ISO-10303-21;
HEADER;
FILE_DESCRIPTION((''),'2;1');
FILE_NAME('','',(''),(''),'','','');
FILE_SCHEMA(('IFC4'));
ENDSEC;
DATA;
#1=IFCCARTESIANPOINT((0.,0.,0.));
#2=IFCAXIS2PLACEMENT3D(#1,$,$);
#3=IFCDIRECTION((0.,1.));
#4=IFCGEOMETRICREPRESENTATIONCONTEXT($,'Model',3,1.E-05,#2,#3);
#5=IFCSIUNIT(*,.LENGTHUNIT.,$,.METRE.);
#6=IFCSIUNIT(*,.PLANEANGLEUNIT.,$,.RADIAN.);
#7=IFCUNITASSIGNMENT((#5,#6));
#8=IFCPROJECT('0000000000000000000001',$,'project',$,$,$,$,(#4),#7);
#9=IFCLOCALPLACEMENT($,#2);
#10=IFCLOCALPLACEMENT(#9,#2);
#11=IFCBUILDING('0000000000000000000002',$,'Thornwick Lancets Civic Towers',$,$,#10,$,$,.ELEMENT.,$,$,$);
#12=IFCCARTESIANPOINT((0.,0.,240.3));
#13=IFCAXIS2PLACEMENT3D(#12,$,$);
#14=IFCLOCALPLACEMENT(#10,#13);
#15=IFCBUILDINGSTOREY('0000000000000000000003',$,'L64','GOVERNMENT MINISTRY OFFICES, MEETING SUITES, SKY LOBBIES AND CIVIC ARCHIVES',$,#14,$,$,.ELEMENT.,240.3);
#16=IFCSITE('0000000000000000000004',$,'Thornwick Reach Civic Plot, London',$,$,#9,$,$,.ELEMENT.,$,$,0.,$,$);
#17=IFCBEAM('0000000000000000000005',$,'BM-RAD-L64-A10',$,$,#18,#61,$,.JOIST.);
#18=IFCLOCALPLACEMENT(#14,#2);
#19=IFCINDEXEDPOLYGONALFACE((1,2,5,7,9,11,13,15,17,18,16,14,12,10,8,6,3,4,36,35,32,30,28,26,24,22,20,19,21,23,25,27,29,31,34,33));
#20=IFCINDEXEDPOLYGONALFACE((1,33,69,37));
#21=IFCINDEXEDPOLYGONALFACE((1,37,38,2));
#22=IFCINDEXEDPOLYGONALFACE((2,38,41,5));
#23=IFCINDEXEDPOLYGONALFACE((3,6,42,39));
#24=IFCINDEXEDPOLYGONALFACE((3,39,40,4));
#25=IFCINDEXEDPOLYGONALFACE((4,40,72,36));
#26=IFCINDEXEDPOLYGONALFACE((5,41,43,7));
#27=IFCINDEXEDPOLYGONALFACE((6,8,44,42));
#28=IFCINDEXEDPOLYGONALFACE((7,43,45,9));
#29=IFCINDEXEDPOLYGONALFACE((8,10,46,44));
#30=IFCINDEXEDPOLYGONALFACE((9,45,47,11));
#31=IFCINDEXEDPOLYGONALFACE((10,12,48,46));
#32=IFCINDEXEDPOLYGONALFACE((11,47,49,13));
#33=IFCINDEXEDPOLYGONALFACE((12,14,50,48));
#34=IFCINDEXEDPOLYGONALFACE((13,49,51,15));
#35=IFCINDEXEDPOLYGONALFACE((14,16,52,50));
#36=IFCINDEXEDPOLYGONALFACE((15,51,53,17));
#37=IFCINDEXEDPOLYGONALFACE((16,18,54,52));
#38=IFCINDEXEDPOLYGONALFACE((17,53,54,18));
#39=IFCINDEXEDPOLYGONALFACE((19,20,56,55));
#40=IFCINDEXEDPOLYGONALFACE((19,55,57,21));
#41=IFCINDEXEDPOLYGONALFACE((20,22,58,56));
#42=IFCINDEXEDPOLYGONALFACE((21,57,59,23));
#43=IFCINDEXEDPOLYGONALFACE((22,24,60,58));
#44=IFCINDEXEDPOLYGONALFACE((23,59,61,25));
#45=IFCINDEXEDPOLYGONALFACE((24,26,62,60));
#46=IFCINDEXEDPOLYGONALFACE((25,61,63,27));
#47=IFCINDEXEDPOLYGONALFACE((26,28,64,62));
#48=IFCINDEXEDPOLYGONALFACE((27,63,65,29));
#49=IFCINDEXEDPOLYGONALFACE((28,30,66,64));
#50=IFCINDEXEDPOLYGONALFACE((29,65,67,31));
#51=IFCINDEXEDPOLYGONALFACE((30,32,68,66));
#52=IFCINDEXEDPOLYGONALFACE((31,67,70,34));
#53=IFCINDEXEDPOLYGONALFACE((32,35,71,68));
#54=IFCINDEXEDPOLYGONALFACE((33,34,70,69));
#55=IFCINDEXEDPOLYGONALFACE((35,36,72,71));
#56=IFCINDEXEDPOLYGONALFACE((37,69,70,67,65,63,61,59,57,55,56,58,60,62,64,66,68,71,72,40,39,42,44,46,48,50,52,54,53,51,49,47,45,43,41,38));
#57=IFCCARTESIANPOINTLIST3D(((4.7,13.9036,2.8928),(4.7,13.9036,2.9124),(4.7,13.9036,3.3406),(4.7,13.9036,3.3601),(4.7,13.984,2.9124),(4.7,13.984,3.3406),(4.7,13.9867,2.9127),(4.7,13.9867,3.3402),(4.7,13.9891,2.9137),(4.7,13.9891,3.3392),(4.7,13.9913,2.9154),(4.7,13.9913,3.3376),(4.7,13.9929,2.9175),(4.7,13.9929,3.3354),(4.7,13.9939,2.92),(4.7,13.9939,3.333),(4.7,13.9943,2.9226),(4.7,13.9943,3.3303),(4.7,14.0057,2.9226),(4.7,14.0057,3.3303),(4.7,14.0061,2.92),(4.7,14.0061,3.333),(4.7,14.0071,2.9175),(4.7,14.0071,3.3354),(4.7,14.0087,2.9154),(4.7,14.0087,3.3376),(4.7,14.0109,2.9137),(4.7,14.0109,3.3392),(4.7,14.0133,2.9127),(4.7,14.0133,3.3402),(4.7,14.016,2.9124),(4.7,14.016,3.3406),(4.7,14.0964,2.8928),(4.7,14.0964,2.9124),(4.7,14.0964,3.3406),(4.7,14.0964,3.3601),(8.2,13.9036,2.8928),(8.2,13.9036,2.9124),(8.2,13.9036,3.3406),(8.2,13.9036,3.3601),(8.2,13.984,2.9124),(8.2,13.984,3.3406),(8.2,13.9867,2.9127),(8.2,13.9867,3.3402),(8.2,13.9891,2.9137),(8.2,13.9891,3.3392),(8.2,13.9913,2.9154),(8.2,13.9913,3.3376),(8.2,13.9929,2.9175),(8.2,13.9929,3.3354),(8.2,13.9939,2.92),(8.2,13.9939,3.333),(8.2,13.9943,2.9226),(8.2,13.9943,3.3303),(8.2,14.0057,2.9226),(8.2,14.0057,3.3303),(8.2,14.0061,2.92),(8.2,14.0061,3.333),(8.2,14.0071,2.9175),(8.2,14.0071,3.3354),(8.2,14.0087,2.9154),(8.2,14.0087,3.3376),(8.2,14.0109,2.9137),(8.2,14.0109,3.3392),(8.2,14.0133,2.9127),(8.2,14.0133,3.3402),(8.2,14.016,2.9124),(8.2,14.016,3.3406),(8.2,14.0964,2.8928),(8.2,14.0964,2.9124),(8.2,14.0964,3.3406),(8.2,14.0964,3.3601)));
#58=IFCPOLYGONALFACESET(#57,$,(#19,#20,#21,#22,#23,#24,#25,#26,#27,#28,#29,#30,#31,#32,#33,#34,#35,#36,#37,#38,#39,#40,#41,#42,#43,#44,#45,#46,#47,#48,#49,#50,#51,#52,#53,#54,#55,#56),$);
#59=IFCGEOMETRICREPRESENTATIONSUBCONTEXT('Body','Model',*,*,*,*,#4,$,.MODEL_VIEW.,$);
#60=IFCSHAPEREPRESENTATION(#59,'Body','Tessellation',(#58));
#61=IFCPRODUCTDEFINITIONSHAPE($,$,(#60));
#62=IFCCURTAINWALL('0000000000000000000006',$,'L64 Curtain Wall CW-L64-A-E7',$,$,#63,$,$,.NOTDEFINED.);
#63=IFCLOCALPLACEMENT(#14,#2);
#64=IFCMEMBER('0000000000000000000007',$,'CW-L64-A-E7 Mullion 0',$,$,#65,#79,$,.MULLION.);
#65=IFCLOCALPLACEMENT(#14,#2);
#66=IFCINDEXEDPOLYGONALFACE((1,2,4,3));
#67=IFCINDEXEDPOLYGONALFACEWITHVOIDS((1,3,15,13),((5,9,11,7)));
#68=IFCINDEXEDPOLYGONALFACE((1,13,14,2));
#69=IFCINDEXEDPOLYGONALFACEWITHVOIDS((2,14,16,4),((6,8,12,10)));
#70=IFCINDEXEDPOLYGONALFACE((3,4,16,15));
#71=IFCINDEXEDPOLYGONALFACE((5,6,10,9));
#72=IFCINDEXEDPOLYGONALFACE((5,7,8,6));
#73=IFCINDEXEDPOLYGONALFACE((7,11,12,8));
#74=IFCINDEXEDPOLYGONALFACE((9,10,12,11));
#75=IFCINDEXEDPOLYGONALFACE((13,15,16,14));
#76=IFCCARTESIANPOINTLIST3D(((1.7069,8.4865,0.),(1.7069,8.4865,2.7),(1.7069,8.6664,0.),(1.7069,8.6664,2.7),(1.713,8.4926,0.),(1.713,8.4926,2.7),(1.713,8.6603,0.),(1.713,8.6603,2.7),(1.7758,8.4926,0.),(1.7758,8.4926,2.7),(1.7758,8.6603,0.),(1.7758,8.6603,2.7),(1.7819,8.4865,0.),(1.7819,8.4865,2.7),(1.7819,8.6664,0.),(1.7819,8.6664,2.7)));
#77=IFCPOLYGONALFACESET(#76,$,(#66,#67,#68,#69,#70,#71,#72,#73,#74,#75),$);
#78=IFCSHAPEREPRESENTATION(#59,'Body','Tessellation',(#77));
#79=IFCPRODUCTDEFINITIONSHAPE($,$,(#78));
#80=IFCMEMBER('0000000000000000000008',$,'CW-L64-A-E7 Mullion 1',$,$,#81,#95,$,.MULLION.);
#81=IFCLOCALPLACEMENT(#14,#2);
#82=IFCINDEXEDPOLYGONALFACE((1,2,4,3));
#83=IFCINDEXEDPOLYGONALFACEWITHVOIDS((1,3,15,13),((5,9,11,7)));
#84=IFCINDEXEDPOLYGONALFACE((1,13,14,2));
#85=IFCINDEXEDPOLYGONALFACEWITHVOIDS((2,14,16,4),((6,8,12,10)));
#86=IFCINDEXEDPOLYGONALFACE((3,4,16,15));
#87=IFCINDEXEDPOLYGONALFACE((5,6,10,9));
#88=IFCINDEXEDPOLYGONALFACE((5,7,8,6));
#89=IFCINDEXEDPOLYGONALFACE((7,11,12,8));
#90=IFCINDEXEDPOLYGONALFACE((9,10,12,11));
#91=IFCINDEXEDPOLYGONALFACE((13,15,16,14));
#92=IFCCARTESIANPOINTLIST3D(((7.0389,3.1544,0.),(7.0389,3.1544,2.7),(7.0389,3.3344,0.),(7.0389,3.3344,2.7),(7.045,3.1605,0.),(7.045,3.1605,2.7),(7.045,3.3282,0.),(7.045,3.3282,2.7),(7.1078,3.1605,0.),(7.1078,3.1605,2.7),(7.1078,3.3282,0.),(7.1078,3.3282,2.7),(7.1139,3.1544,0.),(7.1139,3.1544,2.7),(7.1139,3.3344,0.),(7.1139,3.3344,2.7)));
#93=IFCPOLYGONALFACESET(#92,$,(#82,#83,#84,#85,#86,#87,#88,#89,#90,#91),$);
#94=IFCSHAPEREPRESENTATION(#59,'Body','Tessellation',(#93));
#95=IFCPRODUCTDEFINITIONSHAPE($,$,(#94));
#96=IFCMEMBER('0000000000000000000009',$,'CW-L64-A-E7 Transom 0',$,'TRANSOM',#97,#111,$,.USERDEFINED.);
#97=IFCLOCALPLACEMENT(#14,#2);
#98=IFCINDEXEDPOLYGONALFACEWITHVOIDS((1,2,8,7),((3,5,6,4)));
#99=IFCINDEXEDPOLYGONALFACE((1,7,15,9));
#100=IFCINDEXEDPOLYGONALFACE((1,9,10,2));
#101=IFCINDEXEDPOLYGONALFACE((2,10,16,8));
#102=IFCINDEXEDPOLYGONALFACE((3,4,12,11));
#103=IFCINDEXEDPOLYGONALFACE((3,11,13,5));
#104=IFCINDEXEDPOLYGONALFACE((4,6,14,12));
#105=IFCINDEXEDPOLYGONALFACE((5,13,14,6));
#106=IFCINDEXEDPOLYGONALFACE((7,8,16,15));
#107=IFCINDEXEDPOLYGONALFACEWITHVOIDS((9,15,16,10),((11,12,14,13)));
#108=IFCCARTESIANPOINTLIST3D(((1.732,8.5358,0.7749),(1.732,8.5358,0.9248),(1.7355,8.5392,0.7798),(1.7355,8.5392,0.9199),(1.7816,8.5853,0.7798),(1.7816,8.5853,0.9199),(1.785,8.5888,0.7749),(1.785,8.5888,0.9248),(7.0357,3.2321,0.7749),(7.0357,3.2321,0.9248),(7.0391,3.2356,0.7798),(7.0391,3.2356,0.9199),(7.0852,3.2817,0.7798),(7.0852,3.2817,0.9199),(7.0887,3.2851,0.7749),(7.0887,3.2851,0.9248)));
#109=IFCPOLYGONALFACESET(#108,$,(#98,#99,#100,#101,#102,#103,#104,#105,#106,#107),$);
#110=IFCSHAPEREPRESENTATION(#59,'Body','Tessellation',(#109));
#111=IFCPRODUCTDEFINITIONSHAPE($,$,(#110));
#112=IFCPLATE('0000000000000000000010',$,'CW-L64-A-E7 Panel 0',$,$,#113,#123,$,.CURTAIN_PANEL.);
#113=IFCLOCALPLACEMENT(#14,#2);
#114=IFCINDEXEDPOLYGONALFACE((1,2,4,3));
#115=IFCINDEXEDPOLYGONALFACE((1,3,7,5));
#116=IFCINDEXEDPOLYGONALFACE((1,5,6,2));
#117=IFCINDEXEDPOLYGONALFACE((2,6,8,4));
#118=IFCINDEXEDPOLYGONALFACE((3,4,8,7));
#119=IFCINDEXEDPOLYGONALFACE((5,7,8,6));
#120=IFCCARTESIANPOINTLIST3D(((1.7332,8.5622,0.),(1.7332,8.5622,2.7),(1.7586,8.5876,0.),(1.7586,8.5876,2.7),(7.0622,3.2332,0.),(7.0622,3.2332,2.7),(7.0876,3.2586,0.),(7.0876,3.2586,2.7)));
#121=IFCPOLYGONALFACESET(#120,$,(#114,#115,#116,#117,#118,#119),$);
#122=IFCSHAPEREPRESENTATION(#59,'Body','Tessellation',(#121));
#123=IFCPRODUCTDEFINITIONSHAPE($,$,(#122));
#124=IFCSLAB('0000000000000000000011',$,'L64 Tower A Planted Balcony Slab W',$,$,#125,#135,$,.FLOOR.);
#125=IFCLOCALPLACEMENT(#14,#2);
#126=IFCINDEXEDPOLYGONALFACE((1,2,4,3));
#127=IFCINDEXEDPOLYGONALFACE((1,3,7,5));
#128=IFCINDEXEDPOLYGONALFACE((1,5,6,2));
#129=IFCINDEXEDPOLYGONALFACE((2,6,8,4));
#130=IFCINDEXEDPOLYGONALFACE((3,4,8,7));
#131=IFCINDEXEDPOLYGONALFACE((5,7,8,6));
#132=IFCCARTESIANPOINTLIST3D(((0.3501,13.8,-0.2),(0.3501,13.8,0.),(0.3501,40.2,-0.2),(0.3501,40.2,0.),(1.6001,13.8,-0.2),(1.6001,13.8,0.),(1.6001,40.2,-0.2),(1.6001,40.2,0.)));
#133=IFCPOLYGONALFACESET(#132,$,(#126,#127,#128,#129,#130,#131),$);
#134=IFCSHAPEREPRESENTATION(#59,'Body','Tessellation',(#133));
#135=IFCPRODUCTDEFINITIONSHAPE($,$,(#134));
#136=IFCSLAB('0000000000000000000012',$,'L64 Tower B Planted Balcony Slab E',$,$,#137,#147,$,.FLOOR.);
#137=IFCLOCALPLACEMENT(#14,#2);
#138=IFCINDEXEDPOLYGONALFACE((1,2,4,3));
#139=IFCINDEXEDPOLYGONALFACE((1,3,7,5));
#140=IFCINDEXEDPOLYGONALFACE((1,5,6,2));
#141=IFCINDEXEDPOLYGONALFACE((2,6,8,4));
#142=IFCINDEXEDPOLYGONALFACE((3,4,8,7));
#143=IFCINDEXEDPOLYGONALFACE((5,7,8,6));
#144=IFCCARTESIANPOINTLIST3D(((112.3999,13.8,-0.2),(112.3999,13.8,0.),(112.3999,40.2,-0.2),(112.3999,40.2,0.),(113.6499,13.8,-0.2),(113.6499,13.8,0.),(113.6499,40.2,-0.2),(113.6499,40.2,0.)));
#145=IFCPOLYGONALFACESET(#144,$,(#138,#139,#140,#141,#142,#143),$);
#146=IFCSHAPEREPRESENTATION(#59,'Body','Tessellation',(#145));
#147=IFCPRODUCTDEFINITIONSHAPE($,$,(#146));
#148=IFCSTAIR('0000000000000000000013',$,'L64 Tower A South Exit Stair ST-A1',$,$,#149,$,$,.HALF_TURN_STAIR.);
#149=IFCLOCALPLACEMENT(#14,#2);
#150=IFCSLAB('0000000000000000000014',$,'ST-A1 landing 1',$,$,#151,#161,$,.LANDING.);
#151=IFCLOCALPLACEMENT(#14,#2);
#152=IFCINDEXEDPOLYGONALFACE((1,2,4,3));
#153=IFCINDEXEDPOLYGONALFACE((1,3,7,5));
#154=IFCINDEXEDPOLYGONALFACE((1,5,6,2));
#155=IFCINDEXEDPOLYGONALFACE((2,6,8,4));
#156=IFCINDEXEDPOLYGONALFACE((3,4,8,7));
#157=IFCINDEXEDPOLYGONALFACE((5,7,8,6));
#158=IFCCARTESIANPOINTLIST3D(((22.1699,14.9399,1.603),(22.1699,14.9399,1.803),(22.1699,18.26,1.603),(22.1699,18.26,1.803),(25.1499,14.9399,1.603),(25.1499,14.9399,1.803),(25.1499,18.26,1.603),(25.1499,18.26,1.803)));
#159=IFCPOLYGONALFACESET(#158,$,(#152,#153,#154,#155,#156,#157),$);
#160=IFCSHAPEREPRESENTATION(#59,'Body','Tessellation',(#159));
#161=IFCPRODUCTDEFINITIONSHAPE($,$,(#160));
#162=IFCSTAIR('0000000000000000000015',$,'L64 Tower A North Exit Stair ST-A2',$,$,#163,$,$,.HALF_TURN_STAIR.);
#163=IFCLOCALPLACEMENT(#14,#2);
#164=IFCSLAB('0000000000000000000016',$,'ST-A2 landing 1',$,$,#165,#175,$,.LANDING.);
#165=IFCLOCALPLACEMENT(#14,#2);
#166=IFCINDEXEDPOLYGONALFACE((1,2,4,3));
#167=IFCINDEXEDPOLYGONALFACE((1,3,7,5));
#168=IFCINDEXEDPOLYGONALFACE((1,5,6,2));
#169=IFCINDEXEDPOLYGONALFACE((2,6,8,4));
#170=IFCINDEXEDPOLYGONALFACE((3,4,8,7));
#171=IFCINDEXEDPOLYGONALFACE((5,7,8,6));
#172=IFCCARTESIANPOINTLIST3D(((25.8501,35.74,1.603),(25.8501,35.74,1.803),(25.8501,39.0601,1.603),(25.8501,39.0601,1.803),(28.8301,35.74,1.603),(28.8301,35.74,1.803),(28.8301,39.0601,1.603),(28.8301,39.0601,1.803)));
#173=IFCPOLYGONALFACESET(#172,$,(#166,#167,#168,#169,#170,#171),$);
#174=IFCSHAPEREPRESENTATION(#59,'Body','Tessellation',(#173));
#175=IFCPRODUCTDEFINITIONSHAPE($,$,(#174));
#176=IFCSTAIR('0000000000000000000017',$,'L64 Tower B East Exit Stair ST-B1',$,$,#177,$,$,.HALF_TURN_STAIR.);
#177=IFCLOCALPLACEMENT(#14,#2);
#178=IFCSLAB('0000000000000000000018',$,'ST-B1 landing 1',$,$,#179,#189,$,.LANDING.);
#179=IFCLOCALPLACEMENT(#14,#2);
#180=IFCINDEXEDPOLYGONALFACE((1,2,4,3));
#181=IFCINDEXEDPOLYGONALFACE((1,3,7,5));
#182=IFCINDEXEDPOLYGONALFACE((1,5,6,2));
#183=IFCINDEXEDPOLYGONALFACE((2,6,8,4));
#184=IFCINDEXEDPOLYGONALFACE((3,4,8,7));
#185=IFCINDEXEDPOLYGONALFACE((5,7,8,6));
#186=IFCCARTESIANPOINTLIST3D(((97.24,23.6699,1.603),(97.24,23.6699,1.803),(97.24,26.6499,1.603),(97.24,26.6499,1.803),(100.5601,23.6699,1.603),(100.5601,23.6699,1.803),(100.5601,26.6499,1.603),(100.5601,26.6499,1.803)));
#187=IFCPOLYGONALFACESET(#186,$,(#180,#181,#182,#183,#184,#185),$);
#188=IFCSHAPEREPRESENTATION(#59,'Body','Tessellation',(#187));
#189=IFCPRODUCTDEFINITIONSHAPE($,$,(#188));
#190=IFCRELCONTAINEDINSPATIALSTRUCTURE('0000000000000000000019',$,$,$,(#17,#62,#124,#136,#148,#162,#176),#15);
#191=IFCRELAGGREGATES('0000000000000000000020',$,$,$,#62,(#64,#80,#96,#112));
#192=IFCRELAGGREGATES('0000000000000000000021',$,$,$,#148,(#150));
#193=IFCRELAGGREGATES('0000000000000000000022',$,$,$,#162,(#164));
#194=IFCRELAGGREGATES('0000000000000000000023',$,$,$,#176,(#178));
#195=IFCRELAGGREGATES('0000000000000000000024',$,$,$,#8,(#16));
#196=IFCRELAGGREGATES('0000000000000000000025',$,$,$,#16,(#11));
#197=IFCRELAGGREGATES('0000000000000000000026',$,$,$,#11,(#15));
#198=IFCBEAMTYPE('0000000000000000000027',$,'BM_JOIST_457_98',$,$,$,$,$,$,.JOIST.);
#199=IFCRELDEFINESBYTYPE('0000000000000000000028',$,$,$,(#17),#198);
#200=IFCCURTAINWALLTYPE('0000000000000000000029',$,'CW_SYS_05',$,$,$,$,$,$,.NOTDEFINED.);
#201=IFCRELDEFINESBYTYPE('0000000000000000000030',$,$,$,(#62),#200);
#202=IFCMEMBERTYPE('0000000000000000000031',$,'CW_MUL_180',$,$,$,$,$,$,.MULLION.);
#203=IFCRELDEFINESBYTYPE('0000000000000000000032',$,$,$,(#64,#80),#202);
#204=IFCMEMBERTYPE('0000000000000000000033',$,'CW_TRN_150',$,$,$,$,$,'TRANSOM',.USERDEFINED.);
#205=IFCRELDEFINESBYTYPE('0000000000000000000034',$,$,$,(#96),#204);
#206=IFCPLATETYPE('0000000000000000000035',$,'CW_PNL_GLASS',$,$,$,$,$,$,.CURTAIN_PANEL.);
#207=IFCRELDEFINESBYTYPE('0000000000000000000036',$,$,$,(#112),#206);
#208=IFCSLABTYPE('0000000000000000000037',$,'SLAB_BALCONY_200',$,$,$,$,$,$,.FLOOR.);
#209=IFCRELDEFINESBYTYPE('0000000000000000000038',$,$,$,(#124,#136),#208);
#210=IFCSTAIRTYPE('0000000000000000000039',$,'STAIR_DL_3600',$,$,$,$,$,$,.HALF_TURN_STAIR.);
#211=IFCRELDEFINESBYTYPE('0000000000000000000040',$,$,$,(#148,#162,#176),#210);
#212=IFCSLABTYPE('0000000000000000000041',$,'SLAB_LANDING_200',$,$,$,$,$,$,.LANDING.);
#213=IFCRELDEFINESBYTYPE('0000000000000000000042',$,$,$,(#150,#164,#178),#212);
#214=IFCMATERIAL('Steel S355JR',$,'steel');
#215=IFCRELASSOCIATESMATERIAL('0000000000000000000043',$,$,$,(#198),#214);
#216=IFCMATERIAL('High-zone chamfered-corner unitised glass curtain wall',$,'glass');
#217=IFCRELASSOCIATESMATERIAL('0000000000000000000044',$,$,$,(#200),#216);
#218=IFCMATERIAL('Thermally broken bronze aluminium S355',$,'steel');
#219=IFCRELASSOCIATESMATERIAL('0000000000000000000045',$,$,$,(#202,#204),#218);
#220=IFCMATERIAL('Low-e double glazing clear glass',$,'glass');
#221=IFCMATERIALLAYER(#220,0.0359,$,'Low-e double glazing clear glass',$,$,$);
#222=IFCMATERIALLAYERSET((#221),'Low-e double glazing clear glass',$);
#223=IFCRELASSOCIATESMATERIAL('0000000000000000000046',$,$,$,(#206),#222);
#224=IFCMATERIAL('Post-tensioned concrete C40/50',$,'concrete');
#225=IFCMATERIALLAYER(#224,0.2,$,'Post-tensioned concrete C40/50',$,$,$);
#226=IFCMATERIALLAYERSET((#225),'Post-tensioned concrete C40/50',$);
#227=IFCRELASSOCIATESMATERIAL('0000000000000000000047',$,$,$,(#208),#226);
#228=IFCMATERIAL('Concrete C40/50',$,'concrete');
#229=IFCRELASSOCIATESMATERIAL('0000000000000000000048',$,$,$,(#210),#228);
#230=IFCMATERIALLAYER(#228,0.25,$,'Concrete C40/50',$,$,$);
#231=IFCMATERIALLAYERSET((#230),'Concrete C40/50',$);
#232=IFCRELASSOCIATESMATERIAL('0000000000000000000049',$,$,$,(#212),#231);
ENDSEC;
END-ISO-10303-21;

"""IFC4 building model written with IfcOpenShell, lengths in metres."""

from ifc_helpers import new_model, si_unit, direction, frame, origin, origin_2d, place, context, subcontext, project, spatial, polyline, rectangle, hollow_rectangle, i_section, outline, extrude, material, layer, layer_set, material_profile, profile_set, type_object, element, aggregate, save


model = new_model("IFC4")

# Units and contexts
model_context = context("Model", 3, precision=1e-05, world=origin(), true_north=direction((0.0, 1.0)))
body_context = subcontext(model_context, "Body", "Model", "MODEL_VIEW")
ifc_project = project(units=[si_unit("LENGTHUNIT", "METRE"), si_unit("PLANEANGLEUNIT", "RADIAN")], contexts=[model_context])

# Site, building, storey
site_placement = place(None, origin())
site = spatial("IfcSite", under=ifc_project, at=site_placement, Name="Thornwick Reach Civic Plot, London", CompositionType="ELEMENT", RefElevation=0.0)
building_placement = place(site_placement, origin())
building = spatial("IfcBuilding", under=site, at=building_placement, Name="Thornwick Lancets Civic Towers", CompositionType="ELEMENT")
storey_placement = place(building_placement, frame((0.0, 0.0, 240.3)))
storey = spatial("IfcBuildingStorey", under=building, at=storey_placement, Name="L64", Description="GOVERNMENT MINISTRY OFFICES, MEETING SUITES, SKY LOBBIES AND CIVIC ARCHIVES", CompositionType="ELEMENT", Elevation=240.3)

# Shared definitions
ifc_material_1 = material(Name="Steel S355JR", Category="steel")

# Beam
ifc_material_profile_1 = material_profile(ifc_material_1, i_section(OverallWidth=0.1929, OverallDepth=0.4673, WebThickness=0.0115, FlangeThickness=0.0195, FilletRadius=0.0103, at=origin_2d()), Name="UKB 457x191x98")
ifc_profile_set_1 = profile_set([ifc_material_profile_1], Name="Steel S355JR")
beam_type_1 = type_object("IfcBeamType", Name="BM_JOIST_457_98", PredefinedType="JOIST", material=ifc_profile_set_1)
for number, where, z_axis, x_axis, name in (
    (1, (8.2, 14.0, 3.1265), (-1.0, 0.0, 0.0), (0.0, -1.0, 0.0), "BM-RAD-L64-A10"),
):
    element("IfcBeam", number, at=place(storey_placement, frame(where, z_axis=z_axis, x_axis=x_axis)), inside=storey, type_object=beam_type_1, Name=name, PredefinedType="JOIST", context=body_context, shape_type="SweptSolid", body=[
        extrude(i_section(OverallWidth=0.1929, OverallDepth=0.4673, WebThickness=0.0115, FlangeThickness=0.0195, FilletRadius=0.0103, at=origin_2d()), origin(), (0.0, 0.0, 1.0), 3.5),
    ])

# Curtain wall, members, plate
ifc_material_2 = material(Name="High-zone chamfered-corner unitised glass curtain wall", Category="glass")
curtain_wall_type = type_object("IfcCurtainWallType", Name="CW_SYS_05", PredefinedType="NOTDEFINED", material=ifc_material_2)
curtain_wall_placement = place(storey_placement, origin())
curtain_wall = element("IfcCurtainWall", 2, at=curtain_wall_placement, inside=storey, type_object=curtain_wall_type, Name="L64 Curtain Wall CW-L64-A-E7", PredefinedType="NOTDEFINED")
ifc_material_3 = material(Name="Thermally broken bronze aluminium S355", Category="steel")
ifc_material_profile_2 = material_profile(ifc_material_3, hollow_rectangle(XDim=0.075, YDim=0.1799, WallThickness=0.0061, at=origin_2d()), Name="RHS 180x75x6")
ifc_profile_set_2 = profile_set([ifc_material_profile_2], Name="Thermally broken bronze aluminium S355")
member_type_1 = type_object("IfcMemberType", Name="CW_MUL_180", PredefinedType="MULLION", material=ifc_profile_set_2)
member_1_placement = place(storey_placement, frame((1.7444, 8.5764, 0.0), z_axis=(0.0, 0.0, 1.0), x_axis=(1.0, 0.0, 0.0)))
member_1 = element("IfcMember", 3, at=member_1_placement, type_object=member_type_1, Name="CW-L64-A-E7 Mullion 0", PredefinedType="MULLION", context=body_context, shape_type="SweptSolid", body=[
    extrude(hollow_rectangle(XDim=0.075, YDim=0.1799, WallThickness=0.0061, at=origin_2d()), origin(), (0.0, 0.0, 1.0), 2.7),
])
member_2_placement = place(storey_placement, frame((7.0764, 3.2444, 0.0), z_axis=(0.0, 0.0, 1.0), x_axis=(1.0, 0.0, 0.0)))
member_2 = element("IfcMember", 4, at=member_2_placement, type_object=member_type_1, Name="CW-L64-A-E7 Mullion 1", PredefinedType="MULLION", context=body_context, shape_type="SweptSolid", body=[
    extrude(hollow_rectangle(XDim=0.075, YDim=0.1799, WallThickness=0.0061, at=origin_2d()), origin(), (0.0, 0.0, 1.0), 2.7),
])
ifc_material_profile_3 = material_profile(ifc_material_3, hollow_rectangle(XDim=0.075, YDim=0.1499, WallThickness=0.0049, at=origin_2d()), Name="RHS 150x75x5")
ifc_profile_set_3 = profile_set([ifc_material_profile_3], Name="Thermally broken bronze aluminium S355")
member_type_2 = type_object("IfcMemberType", Name="CW_TRN_150", ElementType="TRANSOM", PredefinedType="USERDEFINED", material=ifc_profile_set_3)
member_3_placement = place(storey_placement, frame((1.7585, 8.5623, 0.8499), z_axis=(0.707107, -0.707107, 0.0), x_axis=(0.707107, 0.707107, 0.0)))
member_3 = element("IfcMember", 5, at=member_3_placement, type_object=member_type_2, Name="CW-L64-A-E7 Transom 0", ObjectType="TRANSOM", PredefinedType="USERDEFINED", context=body_context, shape_type="SweptSolid", body=[
    extrude(hollow_rectangle(XDim=0.075, YDim=0.1499, WallThickness=0.0049, at=origin_2d()), origin(), (0.0, 0.0, 1.0), 7.5005),
])
ifc_material_4 = material(Name="Low-e double glazing clear glass", Category="glass")
ifc_layer_1 = layer(ifc_material_4, 0.0359, Name="Low-e double glazing clear glass")
ifc_layer_set_1 = layer_set([ifc_layer_1], Name="Low-e double glazing clear glass")
plate_type = type_object("IfcPlateType", Name="CW_PNL_GLASS", PredefinedType="CURTAIN_PANEL", material=ifc_layer_set_1)
plate_placement = place(storey_placement, frame((4.4104, 5.9104, 0.0), z_axis=(0.0, 0.0, 1.0), x_axis=(0.707107, -0.707107, 0.0)))
plate = element("IfcPlate", 6, at=plate_placement, type_object=plate_type, Name="CW-L64-A-E7 Panel 0", PredefinedType="CURTAIN_PANEL", context=body_context, shape_type="SweptSolid", body=[
    extrude(rectangle(XDim=7.5364, YDim=0.0359, at=origin_2d()), origin(), (0.0, 0.0, 1.0), 2.7),
])
aggregate(curtain_wall, [member_1, member_2, member_3, plate])

# Slabs
ifc_material_5 = material(Name="Post-tensioned concrete C40/50", Category="concrete")
ifc_layer_2 = layer(ifc_material_5, 0.2, Name="Post-tensioned concrete C40/50")
ifc_layer_set_2 = layer_set([ifc_layer_2], Name="Post-tensioned concrete C40/50")
slab_type_1 = type_object("IfcSlabType", Name="SLAB_BALCONY_200", PredefinedType="FLOOR", material=ifc_layer_set_2)
slab_1_placement = place(storey_placement, frame((0.0, 0.0, -0.2)))
element("IfcSlab", 7, at=slab_1_placement, inside=storey, type_object=slab_type_1, Name="L64 Tower A Planted Balcony Slab W", PredefinedType="FLOOR", context=body_context, shape_type="SweptSolid", body=[
    extrude(outline(polyline([(0.3501, 13.8), (1.6001, 13.8), (1.6001, 40.2), (0.3501, 40.2), (0.3501, 13.8)])), origin(), (0.0, 0.0, 1.0), 0.2),
])
slab_2_placement = place(storey_placement, frame((0.0, 0.0, -0.2)))
element("IfcSlab", 8, at=slab_2_placement, inside=storey, type_object=slab_type_1, Name="L64 Tower B Planted Balcony Slab E", PredefinedType="FLOOR", context=body_context, shape_type="SweptSolid", body=[
    extrude(outline(polyline([(112.3999, 13.8), (113.6499, 13.8), (113.6499, 40.2), (112.3999, 40.2), (112.3999, 13.8)])), origin(), (0.0, 0.0, 1.0), 0.2),
])

# Stairs, slabs
ifc_material_6 = material(Name="Concrete C40/50", Category="concrete")
stair_type = type_object("IfcStairType", Name="STAIR_DL_3600", PredefinedType="HALF_TURN_STAIR", material=ifc_material_6)
stair_1_placement = place(storey_placement, origin())
stair_1 = element("IfcStair", 9, at=stair_1_placement, inside=storey, type_object=stair_type, Name="L64 Tower A South Exit Stair ST-A1", PredefinedType="HALF_TURN_STAIR")
ifc_layer_3 = layer(ifc_material_6, 0.25, Name="Concrete C40/50")
ifc_layer_set_3 = layer_set([ifc_layer_3], Name="Concrete C40/50")
slab_type_2 = type_object("IfcSlabType", Name="SLAB_LANDING_200", PredefinedType="LANDING", material=ifc_layer_set_3)
slab_3_placement = place(storey_placement, frame((0.0, 0.0, 1.603)))
slab_3 = element("IfcSlab", 10, at=slab_3_placement, type_object=slab_type_2, Name="ST-A1 landing 1", PredefinedType="LANDING", context=body_context, shape_type="SweptSolid", body=[
    extrude(outline(polyline([(22.1699, 14.9399), (25.1499, 14.9399), (25.1499, 18.26), (22.1699, 18.26), (22.1699, 14.9399)])), origin(), (0.0, 0.0, 1.0), 0.2),
])
aggregate(stair_1, [slab_3])
stair_2_placement = place(storey_placement, origin())
stair_2 = element("IfcStair", 11, at=stair_2_placement, inside=storey, type_object=stair_type, Name="L64 Tower A North Exit Stair ST-A2", PredefinedType="HALF_TURN_STAIR")
slab_4_placement = place(storey_placement, frame((0.0, 0.0, 1.603)))
slab_4 = element("IfcSlab", 12, at=slab_4_placement, type_object=slab_type_2, Name="ST-A2 landing 1", PredefinedType="LANDING", context=body_context, shape_type="SweptSolid", body=[
    extrude(outline(polyline([(28.8301, 39.0601), (25.8501, 39.0601), (25.8501, 35.74), (28.8301, 35.74), (28.8301, 39.0601)])), origin(), (0.0, 0.0, 1.0), 0.2),
])
aggregate(stair_2, [slab_4])
stair_3_placement = place(storey_placement, origin())
stair_3 = element("IfcStair", 13, at=stair_3_placement, inside=storey, type_object=stair_type, Name="L64 Tower B East Exit Stair ST-B1", PredefinedType="HALF_TURN_STAIR")
slab_5_placement = place(storey_placement, frame((0.0, 0.0, 1.603)))
slab_5 = element("IfcSlab", 14, at=slab_5_placement, type_object=slab_type_2, Name="ST-B1 landing 1", PredefinedType="LANDING", context=body_context, shape_type="SweptSolid", body=[
    extrude(outline(polyline([(100.5601, 23.6699), (100.5601, 26.6499), (97.24, 26.6499), (97.24, 23.6699), (100.5601, 23.6699)])), origin(), (0.0, 0.0, 1.0), 0.2),
])
aggregate(stair_3, [slab_5])

save(model, "model.ifc")
